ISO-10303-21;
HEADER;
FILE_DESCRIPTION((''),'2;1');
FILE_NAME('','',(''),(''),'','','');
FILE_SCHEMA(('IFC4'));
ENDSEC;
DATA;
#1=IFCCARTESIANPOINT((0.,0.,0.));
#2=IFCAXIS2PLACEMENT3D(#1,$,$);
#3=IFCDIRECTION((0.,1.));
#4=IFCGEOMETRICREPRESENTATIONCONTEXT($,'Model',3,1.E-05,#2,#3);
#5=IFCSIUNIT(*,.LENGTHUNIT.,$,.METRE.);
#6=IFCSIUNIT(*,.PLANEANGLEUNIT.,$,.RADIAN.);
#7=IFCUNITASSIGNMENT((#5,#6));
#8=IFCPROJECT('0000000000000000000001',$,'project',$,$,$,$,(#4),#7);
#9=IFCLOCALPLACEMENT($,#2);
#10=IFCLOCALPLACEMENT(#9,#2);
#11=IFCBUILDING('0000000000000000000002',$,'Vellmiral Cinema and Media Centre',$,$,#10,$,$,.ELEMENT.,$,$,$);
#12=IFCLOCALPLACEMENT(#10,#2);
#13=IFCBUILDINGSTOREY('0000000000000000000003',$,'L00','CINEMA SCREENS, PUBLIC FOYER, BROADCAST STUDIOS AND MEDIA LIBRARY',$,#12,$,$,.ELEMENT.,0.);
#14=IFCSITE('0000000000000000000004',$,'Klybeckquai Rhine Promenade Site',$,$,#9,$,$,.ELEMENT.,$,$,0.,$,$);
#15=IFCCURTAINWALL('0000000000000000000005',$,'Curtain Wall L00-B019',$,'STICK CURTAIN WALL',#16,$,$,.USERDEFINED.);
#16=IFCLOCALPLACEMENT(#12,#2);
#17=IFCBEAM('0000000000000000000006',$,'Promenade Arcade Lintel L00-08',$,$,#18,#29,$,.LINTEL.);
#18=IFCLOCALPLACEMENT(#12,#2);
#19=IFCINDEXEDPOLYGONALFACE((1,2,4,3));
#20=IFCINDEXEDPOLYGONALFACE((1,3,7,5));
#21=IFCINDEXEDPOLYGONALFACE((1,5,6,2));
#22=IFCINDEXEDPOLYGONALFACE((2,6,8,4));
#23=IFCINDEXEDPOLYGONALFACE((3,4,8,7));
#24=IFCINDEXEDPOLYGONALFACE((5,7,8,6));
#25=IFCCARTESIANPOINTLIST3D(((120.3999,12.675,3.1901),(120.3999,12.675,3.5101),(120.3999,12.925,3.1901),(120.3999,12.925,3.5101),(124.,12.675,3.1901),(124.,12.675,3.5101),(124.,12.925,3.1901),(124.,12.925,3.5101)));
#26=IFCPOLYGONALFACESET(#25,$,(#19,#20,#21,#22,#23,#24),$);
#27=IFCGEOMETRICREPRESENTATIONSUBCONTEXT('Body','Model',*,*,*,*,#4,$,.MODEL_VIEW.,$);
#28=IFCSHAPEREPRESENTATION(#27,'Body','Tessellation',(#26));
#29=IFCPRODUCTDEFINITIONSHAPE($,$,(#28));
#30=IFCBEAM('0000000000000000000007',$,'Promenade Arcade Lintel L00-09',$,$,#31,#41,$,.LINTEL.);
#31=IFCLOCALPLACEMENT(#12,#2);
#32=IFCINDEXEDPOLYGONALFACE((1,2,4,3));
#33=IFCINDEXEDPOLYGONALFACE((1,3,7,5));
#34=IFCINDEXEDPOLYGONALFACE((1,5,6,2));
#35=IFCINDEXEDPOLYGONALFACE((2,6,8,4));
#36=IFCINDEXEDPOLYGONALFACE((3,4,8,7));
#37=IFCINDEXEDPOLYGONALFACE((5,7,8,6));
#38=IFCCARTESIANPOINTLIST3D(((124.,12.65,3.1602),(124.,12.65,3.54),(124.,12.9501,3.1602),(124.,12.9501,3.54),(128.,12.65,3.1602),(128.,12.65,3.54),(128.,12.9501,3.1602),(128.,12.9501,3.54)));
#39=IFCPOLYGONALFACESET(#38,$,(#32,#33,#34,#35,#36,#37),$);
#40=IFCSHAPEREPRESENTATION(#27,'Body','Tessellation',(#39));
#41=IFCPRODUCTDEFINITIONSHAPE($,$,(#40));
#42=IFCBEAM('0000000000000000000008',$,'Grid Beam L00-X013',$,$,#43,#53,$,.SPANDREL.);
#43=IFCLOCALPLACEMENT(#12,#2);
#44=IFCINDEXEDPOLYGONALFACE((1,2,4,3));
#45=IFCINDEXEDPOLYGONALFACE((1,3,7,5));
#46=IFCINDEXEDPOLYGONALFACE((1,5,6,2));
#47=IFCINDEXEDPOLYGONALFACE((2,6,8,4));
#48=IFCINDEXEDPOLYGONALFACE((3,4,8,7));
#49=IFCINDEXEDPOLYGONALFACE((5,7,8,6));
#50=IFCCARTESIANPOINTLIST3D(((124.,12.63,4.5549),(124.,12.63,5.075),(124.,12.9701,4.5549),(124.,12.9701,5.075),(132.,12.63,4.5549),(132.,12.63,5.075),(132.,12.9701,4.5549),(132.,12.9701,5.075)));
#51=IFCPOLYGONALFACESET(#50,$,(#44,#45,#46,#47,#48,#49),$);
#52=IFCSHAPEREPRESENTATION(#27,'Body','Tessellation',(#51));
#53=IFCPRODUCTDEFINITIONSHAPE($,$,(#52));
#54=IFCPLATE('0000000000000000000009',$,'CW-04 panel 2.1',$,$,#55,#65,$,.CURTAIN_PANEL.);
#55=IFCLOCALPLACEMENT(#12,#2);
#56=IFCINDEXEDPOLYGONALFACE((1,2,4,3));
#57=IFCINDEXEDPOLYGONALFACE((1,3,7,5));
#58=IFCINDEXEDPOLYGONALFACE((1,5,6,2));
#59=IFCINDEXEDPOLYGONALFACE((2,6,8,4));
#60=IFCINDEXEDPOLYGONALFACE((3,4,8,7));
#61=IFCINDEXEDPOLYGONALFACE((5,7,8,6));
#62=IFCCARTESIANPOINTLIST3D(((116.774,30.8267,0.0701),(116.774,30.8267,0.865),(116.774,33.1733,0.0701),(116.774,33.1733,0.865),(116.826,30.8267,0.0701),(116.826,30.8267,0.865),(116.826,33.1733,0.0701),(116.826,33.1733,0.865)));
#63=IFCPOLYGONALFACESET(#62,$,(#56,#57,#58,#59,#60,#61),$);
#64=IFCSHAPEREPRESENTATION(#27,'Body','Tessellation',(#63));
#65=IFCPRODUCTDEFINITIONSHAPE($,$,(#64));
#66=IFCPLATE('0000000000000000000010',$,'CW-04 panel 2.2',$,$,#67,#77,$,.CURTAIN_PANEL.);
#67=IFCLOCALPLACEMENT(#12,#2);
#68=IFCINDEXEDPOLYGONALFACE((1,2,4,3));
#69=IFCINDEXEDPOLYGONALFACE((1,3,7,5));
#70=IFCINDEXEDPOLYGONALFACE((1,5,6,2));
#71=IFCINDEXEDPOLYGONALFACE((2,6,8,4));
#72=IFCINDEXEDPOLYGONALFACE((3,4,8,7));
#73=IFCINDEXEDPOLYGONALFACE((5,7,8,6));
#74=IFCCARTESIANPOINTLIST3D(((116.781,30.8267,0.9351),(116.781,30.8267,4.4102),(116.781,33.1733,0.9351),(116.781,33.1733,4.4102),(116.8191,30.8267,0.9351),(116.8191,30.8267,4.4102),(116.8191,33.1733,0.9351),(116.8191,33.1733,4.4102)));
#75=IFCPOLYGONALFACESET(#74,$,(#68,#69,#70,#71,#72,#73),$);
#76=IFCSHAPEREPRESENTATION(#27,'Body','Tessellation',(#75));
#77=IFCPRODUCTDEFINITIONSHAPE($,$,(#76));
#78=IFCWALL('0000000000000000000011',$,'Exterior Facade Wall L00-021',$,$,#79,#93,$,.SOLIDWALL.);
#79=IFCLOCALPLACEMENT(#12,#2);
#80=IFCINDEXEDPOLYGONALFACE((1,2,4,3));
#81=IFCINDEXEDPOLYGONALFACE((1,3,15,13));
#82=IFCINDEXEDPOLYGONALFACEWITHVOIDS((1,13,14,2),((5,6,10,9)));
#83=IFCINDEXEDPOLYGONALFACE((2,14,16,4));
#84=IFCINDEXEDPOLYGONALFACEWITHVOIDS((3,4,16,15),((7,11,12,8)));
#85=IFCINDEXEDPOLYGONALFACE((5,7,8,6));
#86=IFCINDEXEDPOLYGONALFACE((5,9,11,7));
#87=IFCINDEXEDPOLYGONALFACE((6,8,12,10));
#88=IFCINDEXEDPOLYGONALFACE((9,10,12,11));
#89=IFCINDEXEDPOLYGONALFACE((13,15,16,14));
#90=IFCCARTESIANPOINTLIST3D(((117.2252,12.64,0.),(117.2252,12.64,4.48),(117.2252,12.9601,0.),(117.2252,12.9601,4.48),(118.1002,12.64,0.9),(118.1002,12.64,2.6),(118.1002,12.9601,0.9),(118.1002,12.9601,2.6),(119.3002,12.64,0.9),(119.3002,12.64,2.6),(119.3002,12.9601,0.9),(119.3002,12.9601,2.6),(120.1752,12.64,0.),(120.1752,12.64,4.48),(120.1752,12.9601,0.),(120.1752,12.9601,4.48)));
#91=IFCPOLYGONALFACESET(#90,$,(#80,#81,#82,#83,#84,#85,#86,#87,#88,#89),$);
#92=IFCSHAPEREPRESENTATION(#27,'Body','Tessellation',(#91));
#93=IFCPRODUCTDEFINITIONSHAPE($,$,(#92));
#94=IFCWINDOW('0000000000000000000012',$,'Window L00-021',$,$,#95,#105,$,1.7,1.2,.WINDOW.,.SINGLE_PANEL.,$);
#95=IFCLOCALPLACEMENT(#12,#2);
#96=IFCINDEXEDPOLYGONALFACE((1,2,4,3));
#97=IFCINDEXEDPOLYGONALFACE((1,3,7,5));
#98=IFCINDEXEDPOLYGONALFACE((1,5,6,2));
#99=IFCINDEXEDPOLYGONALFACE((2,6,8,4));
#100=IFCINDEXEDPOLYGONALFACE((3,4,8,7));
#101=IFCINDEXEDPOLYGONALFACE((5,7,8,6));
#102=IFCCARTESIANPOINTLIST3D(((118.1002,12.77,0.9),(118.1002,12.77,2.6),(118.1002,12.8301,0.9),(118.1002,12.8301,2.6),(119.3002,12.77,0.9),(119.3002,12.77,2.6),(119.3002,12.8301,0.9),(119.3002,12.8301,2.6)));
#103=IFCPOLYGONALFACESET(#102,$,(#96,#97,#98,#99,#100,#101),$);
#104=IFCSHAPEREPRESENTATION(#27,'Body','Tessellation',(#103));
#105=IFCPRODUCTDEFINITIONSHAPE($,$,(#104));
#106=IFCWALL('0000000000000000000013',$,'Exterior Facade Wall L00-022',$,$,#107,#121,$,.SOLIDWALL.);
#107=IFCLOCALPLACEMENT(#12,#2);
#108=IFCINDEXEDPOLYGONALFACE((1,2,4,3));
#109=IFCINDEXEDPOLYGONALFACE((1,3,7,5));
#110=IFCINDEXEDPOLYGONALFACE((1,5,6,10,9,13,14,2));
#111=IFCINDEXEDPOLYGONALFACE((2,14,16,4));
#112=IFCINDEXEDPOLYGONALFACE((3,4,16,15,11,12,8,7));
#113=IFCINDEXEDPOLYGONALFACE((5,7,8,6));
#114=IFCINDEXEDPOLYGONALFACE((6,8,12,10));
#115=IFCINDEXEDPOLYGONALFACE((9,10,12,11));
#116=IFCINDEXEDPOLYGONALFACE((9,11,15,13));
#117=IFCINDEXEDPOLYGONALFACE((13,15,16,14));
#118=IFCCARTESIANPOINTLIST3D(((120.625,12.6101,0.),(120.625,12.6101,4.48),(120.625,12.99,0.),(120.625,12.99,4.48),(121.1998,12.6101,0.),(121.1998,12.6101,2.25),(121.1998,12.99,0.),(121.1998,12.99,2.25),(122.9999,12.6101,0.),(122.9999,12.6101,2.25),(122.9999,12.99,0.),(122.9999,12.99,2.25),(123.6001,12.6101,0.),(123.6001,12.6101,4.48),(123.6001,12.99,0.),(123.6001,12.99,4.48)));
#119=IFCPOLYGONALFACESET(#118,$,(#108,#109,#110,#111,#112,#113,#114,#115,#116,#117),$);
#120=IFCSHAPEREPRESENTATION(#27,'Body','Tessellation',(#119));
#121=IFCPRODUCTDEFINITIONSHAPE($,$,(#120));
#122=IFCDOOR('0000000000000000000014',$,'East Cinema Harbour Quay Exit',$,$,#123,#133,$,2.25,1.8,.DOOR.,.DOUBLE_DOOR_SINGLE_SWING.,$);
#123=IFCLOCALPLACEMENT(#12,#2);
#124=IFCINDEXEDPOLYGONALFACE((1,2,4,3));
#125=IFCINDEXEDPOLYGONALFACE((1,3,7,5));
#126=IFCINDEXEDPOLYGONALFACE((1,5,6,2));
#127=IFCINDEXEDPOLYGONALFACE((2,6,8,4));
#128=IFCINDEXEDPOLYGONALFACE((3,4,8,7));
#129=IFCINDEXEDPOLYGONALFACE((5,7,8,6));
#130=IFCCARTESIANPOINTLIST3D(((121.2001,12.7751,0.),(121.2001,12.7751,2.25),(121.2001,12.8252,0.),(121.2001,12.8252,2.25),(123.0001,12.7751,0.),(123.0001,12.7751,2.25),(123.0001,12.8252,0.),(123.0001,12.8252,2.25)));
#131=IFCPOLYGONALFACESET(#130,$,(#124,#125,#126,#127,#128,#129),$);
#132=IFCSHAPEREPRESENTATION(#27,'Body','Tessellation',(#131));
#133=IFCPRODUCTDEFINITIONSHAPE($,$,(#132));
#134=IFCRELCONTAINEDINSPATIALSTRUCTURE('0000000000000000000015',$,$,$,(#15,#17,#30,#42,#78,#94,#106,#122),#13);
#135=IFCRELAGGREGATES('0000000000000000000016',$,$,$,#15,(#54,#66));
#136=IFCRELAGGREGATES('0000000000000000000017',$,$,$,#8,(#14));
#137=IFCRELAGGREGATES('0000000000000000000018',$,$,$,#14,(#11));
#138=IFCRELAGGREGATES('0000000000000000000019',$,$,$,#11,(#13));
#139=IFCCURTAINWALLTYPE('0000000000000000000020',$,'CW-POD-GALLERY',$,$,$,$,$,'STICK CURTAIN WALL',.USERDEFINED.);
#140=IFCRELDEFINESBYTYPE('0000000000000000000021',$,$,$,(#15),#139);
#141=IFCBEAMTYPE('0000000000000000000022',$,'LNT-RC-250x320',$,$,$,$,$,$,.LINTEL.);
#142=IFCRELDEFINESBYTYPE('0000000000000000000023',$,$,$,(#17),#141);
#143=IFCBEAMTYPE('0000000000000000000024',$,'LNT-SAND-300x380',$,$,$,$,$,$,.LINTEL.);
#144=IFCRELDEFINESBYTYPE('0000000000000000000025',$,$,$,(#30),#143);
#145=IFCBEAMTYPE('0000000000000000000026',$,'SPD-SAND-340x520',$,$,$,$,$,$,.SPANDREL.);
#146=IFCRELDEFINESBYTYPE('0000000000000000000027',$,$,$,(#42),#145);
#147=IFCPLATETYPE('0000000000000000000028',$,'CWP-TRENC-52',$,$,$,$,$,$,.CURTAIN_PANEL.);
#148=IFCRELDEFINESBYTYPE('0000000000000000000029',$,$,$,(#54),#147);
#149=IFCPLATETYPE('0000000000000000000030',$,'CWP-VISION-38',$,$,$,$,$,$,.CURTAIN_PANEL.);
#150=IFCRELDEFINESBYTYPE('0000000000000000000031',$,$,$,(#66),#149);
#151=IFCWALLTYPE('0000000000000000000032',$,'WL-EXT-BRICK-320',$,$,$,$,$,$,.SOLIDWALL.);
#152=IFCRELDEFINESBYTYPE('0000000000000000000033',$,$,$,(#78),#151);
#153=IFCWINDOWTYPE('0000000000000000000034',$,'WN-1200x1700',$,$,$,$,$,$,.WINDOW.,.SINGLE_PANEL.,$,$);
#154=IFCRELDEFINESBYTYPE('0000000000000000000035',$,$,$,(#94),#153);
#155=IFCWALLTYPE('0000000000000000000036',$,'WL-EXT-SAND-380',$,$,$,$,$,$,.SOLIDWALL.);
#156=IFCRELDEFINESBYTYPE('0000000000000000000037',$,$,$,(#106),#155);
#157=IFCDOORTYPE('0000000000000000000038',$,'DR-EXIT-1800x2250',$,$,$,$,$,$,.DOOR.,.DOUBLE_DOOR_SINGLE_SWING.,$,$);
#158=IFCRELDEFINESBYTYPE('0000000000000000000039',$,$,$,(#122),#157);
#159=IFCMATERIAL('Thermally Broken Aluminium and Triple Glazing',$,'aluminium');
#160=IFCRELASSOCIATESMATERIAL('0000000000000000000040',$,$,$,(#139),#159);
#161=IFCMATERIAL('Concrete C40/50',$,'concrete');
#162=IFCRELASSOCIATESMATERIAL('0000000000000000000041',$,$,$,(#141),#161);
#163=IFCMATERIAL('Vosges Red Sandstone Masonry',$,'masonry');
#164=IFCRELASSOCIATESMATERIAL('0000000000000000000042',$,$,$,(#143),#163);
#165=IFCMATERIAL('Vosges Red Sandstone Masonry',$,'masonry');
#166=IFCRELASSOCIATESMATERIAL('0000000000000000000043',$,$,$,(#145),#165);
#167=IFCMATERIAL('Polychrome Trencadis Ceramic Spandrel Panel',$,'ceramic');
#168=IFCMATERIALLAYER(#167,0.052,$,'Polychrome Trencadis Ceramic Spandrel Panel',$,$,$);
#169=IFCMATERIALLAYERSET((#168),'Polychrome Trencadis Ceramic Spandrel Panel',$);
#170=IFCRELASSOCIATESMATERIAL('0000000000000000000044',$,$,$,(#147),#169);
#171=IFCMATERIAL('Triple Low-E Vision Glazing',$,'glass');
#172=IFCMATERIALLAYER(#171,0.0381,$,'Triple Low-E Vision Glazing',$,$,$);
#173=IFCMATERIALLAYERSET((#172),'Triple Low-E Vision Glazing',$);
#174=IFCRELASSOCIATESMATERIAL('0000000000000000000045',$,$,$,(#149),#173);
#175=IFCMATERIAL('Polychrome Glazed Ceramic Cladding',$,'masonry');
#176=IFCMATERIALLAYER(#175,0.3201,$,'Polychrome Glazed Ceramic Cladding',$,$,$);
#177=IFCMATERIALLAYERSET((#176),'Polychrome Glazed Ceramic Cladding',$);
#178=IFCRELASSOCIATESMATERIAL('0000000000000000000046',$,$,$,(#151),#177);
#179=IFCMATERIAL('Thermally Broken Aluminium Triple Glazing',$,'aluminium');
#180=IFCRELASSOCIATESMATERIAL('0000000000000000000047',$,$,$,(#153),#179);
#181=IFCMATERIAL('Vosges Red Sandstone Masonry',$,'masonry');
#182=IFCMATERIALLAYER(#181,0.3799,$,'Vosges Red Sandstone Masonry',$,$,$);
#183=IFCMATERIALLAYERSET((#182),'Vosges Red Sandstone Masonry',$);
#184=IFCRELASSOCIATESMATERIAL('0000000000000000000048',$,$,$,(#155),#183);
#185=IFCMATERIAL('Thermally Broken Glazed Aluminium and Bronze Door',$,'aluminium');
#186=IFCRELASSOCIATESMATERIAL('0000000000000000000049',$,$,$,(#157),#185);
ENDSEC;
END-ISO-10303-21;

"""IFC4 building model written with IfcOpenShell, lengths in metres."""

from ifc_helpers import new_model, si_unit, direction, frame, frame_2d, origin, origin_2d, place, context, subcontext, project, spatial, rectangle, extrude, material, layer, layer_set, material_profile, profile_set, type_object, element, fill, aggregate, save


model = new_model("IFC4")

# Units and contexts
model_context = context("Model", 3, precision=1e-05, world=origin(), true_north=direction((0.0, 1.0)))
body_context = subcontext(model_context, "Body", "Model", "MODEL_VIEW")
ifc_project = project(units=[si_unit("LENGTHUNIT", "METRE"), si_unit("PLANEANGLEUNIT", "RADIAN")], contexts=[model_context])

# Site, building, storey
site_placement = place(None, origin())
site = spatial("IfcSite", under=ifc_project, at=site_placement, Name="Klybeckquai Rhine Promenade Site", CompositionType="ELEMENT", RefElevation=0.0)
building_placement = place(site_placement, origin())
building = spatial("IfcBuilding", under=site, at=building_placement, Name="Vellmiral Cinema and Media Centre", CompositionType="ELEMENT")
storey_placement = place(building_placement, origin())
storey = spatial("IfcBuildingStorey", under=building, at=storey_placement, Name="L00", Description="CINEMA SCREENS, PUBLIC FOYER, BROADCAST STUDIOS AND MEDIA LIBRARY", CompositionType="ELEMENT", Elevation=0.0)

# Curtain wall
ifc_material_1 = material(Name="Thermally Broken Aluminium and Triple Glazing", Category="aluminium")
curtain_wall_type = type_object("IfcCurtainWallType", Name="CW-POD-GALLERY", ElementType="STICK CURTAIN WALL", PredefinedType="USERDEFINED", material=ifc_material_1)
curtain_wall_placement = place(storey_placement, origin())
curtain_wall = element("IfcCurtainWall", 1, at=curtain_wall_placement, inside=storey, type_object=curtain_wall_type, Name="Curtain Wall L00-B019", ObjectType="STICK CURTAIN WALL", PredefinedType="USERDEFINED")

# Beams
ifc_material_2 = material(Name="Concrete C40/50", Category="concrete")
ifc_material_profile_1 = material_profile(ifc_material_2, rectangle(XDim=0.25, YDim=0.3201, at=origin_2d()), Name="RC 250x320")
ifc_profile_set_1 = profile_set([ifc_material_profile_1], Name="Concrete C40/50")
beam_type_1 = type_object("IfcBeamType", Name="LNT-RC-250x320", PredefinedType="LINTEL", material=ifc_profile_set_1)
beam_1_placement = place(storey_placement, frame((120.3999, 12.8, 3.3501), z_axis=(1.0, 0.0, 0.0), x_axis=(0.0, 1.0, 0.0)))
element("IfcBeam", 2, at=beam_1_placement, inside=storey, type_object=beam_type_1, Name="Promenade Arcade Lintel L00-08", PredefinedType="LINTEL", context=body_context, shape_type="SweptSolid", body=[
    extrude(rectangle(XDim=0.25, YDim=0.3201, at=origin_2d()), origin(), (0.0, 0.0, 1.0), 3.6001),
])
ifc_material_3 = material(Name="Vosges Red Sandstone Masonry", Category="masonry")
ifc_material_profile_2 = material_profile(ifc_material_3, rectangle(XDim=0.3, YDim=0.3799, at=origin_2d()), Name="SAND 300x380")
ifc_profile_set_2 = profile_set([ifc_material_profile_2], Name="Vosges Red Sandstone Masonry")
beam_type_2 = type_object("IfcBeamType", Name="LNT-SAND-300x380", PredefinedType="LINTEL", material=ifc_profile_set_2)
beam_2_placement = place(storey_placement, frame((124.0, 12.8, 3.3501), z_axis=(1.0, 0.0, 0.0), x_axis=(0.0, 1.0, 0.0)))
element("IfcBeam", 3, at=beam_2_placement, inside=storey, type_object=beam_type_2, Name="Promenade Arcade Lintel L00-09", PredefinedType="LINTEL", context=body_context, shape_type="SweptSolid", body=[
    extrude(rectangle(XDim=0.3, YDim=0.3799, at=origin_2d()), origin(), (0.0, 0.0, 1.0), 4.0),
])
ifc_material_4 = material(Name="Vosges Red Sandstone Masonry", Category="masonry")
ifc_material_profile_3 = material_profile(ifc_material_4, rectangle(XDim=0.3401, YDim=0.52, at=origin_2d()), Name="SAND 340x520")
ifc_profile_set_3 = profile_set([ifc_material_profile_3], Name="Vosges Red Sandstone Masonry")
beam_type_3 = type_object("IfcBeamType", Name="SPD-SAND-340x520", PredefinedType="SPANDREL", material=ifc_profile_set_3)
beam_3_placement = place(storey_placement, frame((124.0, 12.8, 4.8149), z_axis=(1.0, 0.0, 0.0), x_axis=(0.0, 1.0, 0.0)))
element("IfcBeam", 4, at=beam_3_placement, inside=storey, type_object=beam_type_3, Name="Grid Beam L00-X013", PredefinedType="SPANDREL", context=body_context, shape_type="SweptSolid", body=[
    extrude(rectangle(XDim=0.3401, YDim=0.52, at=origin_2d()), origin(), (0.0, 0.0, 1.0), 8.0),
])

# Plates
ifc_material_5 = material(Name="Polychrome Trencadis Ceramic Spandrel Panel", Category="ceramic")
ifc_layer_1 = layer(ifc_material_5, 0.052, Name="Polychrome Trencadis Ceramic Spandrel Panel")
ifc_layer_set_1 = layer_set([ifc_layer_1], Name="Polychrome Trencadis Ceramic Spandrel Panel")
plate_type_1 = type_object("IfcPlateType", Name="CWP-TRENC-52", PredefinedType="CURTAIN_PANEL", material=ifc_layer_set_1)
plate_1_placement = place(storey_placement, frame((116.8, 32.0, 0.0701), z_axis=(0.0, 0.0, 1.0), x_axis=(0.0, -1.0, 0.0)))
plate_1 = element("IfcPlate", 5, at=plate_1_placement, type_object=plate_type_1, Name="CW-04 panel 2.1", PredefinedType="CURTAIN_PANEL", context=body_context, shape_type="SweptSolid", body=[
    extrude(rectangle(XDim=2.3467, YDim=0.052, at=origin_2d()), origin(), (0.0, 0.0, 1.0), 0.7949),
])
ifc_material_6 = material(Name="Triple Low-E Vision Glazing", Category="glass")
ifc_layer_2 = layer(ifc_material_6, 0.0381, Name="Triple Low-E Vision Glazing")
ifc_layer_set_2 = layer_set([ifc_layer_2], Name="Triple Low-E Vision Glazing")
plate_type_2 = type_object("IfcPlateType", Name="CWP-VISION-38", PredefinedType="CURTAIN_PANEL", material=ifc_layer_set_2)
plate_2_placement = place(storey_placement, frame((116.8, 32.0, 0.9351), z_axis=(0.0, 0.0, 1.0), x_axis=(0.0, -1.0, 0.0)))
plate_2 = element("IfcPlate", 6, at=plate_2_placement, type_object=plate_type_2, Name="CW-04 panel 2.2", PredefinedType="CURTAIN_PANEL", context=body_context, shape_type="SweptSolid", body=[
    extrude(rectangle(XDim=2.3467, YDim=0.0381, at=origin_2d()), origin(), (0.0, 0.0, 1.0), 3.4751),
])
aggregate(curtain_wall, [plate_1, plate_2])

# Wall, opening, window
ifc_material_7 = material(Name="Polychrome Glazed Ceramic Cladding", Category="masonry")
ifc_layer_3 = layer(ifc_material_7, 0.3201, Name="Polychrome Glazed Ceramic Cladding")
ifc_layer_set_3 = layer_set([ifc_layer_3], Name="Polychrome Glazed Ceramic Cladding")
wall_type_1 = type_object("IfcWallType", Name="WL-EXT-BRICK-320", PredefinedType="SOLIDWALL", material=ifc_layer_set_3)
wall_1_placement = place(storey_placement, frame((117.2251, 12.8, 0.0), z_axis=(0.0, 0.0, 1.0), x_axis=(1.0, 0.0, 0.0)))
wall_1 = element("IfcWall", 7, at=wall_1_placement, inside=storey, type_object=wall_type_1, Name="Exterior Facade Wall L00-021", PredefinedType="SOLIDWALL", context=body_context, shape_type="SweptSolid", body=[
    extrude(rectangle(XDim=2.95, YDim=0.3201, at=frame_2d((1.4751, 0.0))), origin(), (0.0, 0.0, 1.0), 4.48),
])
opening_1_placement = place(wall_1_placement, frame((0.875, 0.0, 0.8999)))
opening_1 = element("IfcOpeningElement", 8, at=opening_1_placement, cuts=wall_1, PredefinedType="OPENING", context=body_context, shape_type="SweptSolid", body=[
    extrude(rectangle(XDim=1.2, YDim=1.7, at=frame_2d((0.6001, 0.8501))), frame((0.0, 0.1719, 0.0), z_axis=(0.0, -1.0, 0.0), x_axis=(1.0, 0.0, 0.0)), (0.0, 0.0, 1.0), 0.344),
])
ifc_material_8 = material(Name="Thermally Broken Aluminium Triple Glazing", Category="aluminium")
window_type = type_object("IfcWindowType", Name="WN-1200x1700", PartitioningType="SINGLE_PANEL", PredefinedType="WINDOW", material=ifc_material_8)
window_placement = place(opening_1_placement, origin())
window = element("IfcWindow", 9, at=window_placement, inside=storey, type_object=window_type, Name="Window L00-021", OverallHeight=1.7, OverallWidth=1.2, PartitioningType="SINGLE_PANEL", PredefinedType="WINDOW", context=body_context, shape_type="SweptSolid", body=[
    extrude(rectangle(XDim=1.2, YDim=1.7, at=frame_2d((0.6001, 0.8501))), frame((0.0, 0.03, 0.0), z_axis=(0.0, -1.0, 0.0), x_axis=(1.0, 0.0, 0.0)), (0.0, 0.0, 1.0), 0.0601),
])
fill(opening_1, window)

# Wall, opening, door
ifc_material_9 = material(Name="Vosges Red Sandstone Masonry", Category="masonry")
ifc_layer_4 = layer(ifc_material_9, 0.3799, Name="Vosges Red Sandstone Masonry")
ifc_layer_set_4 = layer_set([ifc_layer_4], Name="Vosges Red Sandstone Masonry")
wall_type_2 = type_object("IfcWallType", Name="WL-EXT-SAND-380", PredefinedType="SOLIDWALL", material=ifc_layer_set_4)
wall_2_placement = place(storey_placement, frame((120.625, 12.8, 0.0), z_axis=(0.0, 0.0, 1.0), x_axis=(1.0, 0.0, 0.0)))
wall_2 = element("IfcWall", 10, at=wall_2_placement, inside=storey, type_object=wall_type_2, Name="Exterior Facade Wall L00-022", PredefinedType="SOLIDWALL", context=body_context, shape_type="SweptSolid", body=[
    extrude(rectangle(XDim=2.9751, YDim=0.3799, at=frame_2d((1.4875, 0.0))), origin(), (0.0, 0.0, 1.0), 4.48),
])
opening_2_placement = place(wall_2_placement, frame((0.575, 0.0, 0.0)))
opening_2 = element("IfcOpeningElement", 11, at=opening_2_placement, cuts=wall_2, PredefinedType="OPENING", context=body_context, shape_type="SweptSolid", body=[
    extrude(rectangle(XDim=1.8, YDim=2.25, at=frame_2d((0.8999, 1.125))), frame((0.0, 0.2019, 0.0), z_axis=(0.0, -1.0, 0.0), x_axis=(1.0, 0.0, 0.0)), (0.0, 0.0, 1.0), 0.4038),
])
ifc_material_10 = material(Name="Thermally Broken Glazed Aluminium and Bronze Door", Category="aluminium")
door_type = type_object("IfcDoorType", Name="DR-EXIT-1800x2250", OperationType="DOUBLE_DOOR_SINGLE_SWING", PredefinedType="DOOR", material=ifc_material_10)
door_placement = place(opening_2_placement, frame((1.8, 0.0, 0.0), z_axis=(0.0, 0.0, 1.0), x_axis=(-1.0, 0.0, 0.0)))
door = element("IfcDoor", 12, at=door_placement, inside=storey, type_object=door_type, Name="East Cinema Harbour Quay Exit", OperationType="DOUBLE_DOOR_SINGLE_SWING", OverallHeight=2.25, OverallWidth=1.8, PredefinedType="DOOR", context=body_context, shape_type="SweptSolid", body=[
    extrude(rectangle(XDim=1.8, YDim=2.25, at=frame_2d((0.8999, 1.125))), frame((0.0, 0.0249, 0.0), z_axis=(0.0, -1.0, 0.0), x_axis=(1.0, 0.0, 0.0)), (0.0, 0.0, 1.0), 0.05),
])
fill(opening_2, door)

save(model, "model.ifc")
